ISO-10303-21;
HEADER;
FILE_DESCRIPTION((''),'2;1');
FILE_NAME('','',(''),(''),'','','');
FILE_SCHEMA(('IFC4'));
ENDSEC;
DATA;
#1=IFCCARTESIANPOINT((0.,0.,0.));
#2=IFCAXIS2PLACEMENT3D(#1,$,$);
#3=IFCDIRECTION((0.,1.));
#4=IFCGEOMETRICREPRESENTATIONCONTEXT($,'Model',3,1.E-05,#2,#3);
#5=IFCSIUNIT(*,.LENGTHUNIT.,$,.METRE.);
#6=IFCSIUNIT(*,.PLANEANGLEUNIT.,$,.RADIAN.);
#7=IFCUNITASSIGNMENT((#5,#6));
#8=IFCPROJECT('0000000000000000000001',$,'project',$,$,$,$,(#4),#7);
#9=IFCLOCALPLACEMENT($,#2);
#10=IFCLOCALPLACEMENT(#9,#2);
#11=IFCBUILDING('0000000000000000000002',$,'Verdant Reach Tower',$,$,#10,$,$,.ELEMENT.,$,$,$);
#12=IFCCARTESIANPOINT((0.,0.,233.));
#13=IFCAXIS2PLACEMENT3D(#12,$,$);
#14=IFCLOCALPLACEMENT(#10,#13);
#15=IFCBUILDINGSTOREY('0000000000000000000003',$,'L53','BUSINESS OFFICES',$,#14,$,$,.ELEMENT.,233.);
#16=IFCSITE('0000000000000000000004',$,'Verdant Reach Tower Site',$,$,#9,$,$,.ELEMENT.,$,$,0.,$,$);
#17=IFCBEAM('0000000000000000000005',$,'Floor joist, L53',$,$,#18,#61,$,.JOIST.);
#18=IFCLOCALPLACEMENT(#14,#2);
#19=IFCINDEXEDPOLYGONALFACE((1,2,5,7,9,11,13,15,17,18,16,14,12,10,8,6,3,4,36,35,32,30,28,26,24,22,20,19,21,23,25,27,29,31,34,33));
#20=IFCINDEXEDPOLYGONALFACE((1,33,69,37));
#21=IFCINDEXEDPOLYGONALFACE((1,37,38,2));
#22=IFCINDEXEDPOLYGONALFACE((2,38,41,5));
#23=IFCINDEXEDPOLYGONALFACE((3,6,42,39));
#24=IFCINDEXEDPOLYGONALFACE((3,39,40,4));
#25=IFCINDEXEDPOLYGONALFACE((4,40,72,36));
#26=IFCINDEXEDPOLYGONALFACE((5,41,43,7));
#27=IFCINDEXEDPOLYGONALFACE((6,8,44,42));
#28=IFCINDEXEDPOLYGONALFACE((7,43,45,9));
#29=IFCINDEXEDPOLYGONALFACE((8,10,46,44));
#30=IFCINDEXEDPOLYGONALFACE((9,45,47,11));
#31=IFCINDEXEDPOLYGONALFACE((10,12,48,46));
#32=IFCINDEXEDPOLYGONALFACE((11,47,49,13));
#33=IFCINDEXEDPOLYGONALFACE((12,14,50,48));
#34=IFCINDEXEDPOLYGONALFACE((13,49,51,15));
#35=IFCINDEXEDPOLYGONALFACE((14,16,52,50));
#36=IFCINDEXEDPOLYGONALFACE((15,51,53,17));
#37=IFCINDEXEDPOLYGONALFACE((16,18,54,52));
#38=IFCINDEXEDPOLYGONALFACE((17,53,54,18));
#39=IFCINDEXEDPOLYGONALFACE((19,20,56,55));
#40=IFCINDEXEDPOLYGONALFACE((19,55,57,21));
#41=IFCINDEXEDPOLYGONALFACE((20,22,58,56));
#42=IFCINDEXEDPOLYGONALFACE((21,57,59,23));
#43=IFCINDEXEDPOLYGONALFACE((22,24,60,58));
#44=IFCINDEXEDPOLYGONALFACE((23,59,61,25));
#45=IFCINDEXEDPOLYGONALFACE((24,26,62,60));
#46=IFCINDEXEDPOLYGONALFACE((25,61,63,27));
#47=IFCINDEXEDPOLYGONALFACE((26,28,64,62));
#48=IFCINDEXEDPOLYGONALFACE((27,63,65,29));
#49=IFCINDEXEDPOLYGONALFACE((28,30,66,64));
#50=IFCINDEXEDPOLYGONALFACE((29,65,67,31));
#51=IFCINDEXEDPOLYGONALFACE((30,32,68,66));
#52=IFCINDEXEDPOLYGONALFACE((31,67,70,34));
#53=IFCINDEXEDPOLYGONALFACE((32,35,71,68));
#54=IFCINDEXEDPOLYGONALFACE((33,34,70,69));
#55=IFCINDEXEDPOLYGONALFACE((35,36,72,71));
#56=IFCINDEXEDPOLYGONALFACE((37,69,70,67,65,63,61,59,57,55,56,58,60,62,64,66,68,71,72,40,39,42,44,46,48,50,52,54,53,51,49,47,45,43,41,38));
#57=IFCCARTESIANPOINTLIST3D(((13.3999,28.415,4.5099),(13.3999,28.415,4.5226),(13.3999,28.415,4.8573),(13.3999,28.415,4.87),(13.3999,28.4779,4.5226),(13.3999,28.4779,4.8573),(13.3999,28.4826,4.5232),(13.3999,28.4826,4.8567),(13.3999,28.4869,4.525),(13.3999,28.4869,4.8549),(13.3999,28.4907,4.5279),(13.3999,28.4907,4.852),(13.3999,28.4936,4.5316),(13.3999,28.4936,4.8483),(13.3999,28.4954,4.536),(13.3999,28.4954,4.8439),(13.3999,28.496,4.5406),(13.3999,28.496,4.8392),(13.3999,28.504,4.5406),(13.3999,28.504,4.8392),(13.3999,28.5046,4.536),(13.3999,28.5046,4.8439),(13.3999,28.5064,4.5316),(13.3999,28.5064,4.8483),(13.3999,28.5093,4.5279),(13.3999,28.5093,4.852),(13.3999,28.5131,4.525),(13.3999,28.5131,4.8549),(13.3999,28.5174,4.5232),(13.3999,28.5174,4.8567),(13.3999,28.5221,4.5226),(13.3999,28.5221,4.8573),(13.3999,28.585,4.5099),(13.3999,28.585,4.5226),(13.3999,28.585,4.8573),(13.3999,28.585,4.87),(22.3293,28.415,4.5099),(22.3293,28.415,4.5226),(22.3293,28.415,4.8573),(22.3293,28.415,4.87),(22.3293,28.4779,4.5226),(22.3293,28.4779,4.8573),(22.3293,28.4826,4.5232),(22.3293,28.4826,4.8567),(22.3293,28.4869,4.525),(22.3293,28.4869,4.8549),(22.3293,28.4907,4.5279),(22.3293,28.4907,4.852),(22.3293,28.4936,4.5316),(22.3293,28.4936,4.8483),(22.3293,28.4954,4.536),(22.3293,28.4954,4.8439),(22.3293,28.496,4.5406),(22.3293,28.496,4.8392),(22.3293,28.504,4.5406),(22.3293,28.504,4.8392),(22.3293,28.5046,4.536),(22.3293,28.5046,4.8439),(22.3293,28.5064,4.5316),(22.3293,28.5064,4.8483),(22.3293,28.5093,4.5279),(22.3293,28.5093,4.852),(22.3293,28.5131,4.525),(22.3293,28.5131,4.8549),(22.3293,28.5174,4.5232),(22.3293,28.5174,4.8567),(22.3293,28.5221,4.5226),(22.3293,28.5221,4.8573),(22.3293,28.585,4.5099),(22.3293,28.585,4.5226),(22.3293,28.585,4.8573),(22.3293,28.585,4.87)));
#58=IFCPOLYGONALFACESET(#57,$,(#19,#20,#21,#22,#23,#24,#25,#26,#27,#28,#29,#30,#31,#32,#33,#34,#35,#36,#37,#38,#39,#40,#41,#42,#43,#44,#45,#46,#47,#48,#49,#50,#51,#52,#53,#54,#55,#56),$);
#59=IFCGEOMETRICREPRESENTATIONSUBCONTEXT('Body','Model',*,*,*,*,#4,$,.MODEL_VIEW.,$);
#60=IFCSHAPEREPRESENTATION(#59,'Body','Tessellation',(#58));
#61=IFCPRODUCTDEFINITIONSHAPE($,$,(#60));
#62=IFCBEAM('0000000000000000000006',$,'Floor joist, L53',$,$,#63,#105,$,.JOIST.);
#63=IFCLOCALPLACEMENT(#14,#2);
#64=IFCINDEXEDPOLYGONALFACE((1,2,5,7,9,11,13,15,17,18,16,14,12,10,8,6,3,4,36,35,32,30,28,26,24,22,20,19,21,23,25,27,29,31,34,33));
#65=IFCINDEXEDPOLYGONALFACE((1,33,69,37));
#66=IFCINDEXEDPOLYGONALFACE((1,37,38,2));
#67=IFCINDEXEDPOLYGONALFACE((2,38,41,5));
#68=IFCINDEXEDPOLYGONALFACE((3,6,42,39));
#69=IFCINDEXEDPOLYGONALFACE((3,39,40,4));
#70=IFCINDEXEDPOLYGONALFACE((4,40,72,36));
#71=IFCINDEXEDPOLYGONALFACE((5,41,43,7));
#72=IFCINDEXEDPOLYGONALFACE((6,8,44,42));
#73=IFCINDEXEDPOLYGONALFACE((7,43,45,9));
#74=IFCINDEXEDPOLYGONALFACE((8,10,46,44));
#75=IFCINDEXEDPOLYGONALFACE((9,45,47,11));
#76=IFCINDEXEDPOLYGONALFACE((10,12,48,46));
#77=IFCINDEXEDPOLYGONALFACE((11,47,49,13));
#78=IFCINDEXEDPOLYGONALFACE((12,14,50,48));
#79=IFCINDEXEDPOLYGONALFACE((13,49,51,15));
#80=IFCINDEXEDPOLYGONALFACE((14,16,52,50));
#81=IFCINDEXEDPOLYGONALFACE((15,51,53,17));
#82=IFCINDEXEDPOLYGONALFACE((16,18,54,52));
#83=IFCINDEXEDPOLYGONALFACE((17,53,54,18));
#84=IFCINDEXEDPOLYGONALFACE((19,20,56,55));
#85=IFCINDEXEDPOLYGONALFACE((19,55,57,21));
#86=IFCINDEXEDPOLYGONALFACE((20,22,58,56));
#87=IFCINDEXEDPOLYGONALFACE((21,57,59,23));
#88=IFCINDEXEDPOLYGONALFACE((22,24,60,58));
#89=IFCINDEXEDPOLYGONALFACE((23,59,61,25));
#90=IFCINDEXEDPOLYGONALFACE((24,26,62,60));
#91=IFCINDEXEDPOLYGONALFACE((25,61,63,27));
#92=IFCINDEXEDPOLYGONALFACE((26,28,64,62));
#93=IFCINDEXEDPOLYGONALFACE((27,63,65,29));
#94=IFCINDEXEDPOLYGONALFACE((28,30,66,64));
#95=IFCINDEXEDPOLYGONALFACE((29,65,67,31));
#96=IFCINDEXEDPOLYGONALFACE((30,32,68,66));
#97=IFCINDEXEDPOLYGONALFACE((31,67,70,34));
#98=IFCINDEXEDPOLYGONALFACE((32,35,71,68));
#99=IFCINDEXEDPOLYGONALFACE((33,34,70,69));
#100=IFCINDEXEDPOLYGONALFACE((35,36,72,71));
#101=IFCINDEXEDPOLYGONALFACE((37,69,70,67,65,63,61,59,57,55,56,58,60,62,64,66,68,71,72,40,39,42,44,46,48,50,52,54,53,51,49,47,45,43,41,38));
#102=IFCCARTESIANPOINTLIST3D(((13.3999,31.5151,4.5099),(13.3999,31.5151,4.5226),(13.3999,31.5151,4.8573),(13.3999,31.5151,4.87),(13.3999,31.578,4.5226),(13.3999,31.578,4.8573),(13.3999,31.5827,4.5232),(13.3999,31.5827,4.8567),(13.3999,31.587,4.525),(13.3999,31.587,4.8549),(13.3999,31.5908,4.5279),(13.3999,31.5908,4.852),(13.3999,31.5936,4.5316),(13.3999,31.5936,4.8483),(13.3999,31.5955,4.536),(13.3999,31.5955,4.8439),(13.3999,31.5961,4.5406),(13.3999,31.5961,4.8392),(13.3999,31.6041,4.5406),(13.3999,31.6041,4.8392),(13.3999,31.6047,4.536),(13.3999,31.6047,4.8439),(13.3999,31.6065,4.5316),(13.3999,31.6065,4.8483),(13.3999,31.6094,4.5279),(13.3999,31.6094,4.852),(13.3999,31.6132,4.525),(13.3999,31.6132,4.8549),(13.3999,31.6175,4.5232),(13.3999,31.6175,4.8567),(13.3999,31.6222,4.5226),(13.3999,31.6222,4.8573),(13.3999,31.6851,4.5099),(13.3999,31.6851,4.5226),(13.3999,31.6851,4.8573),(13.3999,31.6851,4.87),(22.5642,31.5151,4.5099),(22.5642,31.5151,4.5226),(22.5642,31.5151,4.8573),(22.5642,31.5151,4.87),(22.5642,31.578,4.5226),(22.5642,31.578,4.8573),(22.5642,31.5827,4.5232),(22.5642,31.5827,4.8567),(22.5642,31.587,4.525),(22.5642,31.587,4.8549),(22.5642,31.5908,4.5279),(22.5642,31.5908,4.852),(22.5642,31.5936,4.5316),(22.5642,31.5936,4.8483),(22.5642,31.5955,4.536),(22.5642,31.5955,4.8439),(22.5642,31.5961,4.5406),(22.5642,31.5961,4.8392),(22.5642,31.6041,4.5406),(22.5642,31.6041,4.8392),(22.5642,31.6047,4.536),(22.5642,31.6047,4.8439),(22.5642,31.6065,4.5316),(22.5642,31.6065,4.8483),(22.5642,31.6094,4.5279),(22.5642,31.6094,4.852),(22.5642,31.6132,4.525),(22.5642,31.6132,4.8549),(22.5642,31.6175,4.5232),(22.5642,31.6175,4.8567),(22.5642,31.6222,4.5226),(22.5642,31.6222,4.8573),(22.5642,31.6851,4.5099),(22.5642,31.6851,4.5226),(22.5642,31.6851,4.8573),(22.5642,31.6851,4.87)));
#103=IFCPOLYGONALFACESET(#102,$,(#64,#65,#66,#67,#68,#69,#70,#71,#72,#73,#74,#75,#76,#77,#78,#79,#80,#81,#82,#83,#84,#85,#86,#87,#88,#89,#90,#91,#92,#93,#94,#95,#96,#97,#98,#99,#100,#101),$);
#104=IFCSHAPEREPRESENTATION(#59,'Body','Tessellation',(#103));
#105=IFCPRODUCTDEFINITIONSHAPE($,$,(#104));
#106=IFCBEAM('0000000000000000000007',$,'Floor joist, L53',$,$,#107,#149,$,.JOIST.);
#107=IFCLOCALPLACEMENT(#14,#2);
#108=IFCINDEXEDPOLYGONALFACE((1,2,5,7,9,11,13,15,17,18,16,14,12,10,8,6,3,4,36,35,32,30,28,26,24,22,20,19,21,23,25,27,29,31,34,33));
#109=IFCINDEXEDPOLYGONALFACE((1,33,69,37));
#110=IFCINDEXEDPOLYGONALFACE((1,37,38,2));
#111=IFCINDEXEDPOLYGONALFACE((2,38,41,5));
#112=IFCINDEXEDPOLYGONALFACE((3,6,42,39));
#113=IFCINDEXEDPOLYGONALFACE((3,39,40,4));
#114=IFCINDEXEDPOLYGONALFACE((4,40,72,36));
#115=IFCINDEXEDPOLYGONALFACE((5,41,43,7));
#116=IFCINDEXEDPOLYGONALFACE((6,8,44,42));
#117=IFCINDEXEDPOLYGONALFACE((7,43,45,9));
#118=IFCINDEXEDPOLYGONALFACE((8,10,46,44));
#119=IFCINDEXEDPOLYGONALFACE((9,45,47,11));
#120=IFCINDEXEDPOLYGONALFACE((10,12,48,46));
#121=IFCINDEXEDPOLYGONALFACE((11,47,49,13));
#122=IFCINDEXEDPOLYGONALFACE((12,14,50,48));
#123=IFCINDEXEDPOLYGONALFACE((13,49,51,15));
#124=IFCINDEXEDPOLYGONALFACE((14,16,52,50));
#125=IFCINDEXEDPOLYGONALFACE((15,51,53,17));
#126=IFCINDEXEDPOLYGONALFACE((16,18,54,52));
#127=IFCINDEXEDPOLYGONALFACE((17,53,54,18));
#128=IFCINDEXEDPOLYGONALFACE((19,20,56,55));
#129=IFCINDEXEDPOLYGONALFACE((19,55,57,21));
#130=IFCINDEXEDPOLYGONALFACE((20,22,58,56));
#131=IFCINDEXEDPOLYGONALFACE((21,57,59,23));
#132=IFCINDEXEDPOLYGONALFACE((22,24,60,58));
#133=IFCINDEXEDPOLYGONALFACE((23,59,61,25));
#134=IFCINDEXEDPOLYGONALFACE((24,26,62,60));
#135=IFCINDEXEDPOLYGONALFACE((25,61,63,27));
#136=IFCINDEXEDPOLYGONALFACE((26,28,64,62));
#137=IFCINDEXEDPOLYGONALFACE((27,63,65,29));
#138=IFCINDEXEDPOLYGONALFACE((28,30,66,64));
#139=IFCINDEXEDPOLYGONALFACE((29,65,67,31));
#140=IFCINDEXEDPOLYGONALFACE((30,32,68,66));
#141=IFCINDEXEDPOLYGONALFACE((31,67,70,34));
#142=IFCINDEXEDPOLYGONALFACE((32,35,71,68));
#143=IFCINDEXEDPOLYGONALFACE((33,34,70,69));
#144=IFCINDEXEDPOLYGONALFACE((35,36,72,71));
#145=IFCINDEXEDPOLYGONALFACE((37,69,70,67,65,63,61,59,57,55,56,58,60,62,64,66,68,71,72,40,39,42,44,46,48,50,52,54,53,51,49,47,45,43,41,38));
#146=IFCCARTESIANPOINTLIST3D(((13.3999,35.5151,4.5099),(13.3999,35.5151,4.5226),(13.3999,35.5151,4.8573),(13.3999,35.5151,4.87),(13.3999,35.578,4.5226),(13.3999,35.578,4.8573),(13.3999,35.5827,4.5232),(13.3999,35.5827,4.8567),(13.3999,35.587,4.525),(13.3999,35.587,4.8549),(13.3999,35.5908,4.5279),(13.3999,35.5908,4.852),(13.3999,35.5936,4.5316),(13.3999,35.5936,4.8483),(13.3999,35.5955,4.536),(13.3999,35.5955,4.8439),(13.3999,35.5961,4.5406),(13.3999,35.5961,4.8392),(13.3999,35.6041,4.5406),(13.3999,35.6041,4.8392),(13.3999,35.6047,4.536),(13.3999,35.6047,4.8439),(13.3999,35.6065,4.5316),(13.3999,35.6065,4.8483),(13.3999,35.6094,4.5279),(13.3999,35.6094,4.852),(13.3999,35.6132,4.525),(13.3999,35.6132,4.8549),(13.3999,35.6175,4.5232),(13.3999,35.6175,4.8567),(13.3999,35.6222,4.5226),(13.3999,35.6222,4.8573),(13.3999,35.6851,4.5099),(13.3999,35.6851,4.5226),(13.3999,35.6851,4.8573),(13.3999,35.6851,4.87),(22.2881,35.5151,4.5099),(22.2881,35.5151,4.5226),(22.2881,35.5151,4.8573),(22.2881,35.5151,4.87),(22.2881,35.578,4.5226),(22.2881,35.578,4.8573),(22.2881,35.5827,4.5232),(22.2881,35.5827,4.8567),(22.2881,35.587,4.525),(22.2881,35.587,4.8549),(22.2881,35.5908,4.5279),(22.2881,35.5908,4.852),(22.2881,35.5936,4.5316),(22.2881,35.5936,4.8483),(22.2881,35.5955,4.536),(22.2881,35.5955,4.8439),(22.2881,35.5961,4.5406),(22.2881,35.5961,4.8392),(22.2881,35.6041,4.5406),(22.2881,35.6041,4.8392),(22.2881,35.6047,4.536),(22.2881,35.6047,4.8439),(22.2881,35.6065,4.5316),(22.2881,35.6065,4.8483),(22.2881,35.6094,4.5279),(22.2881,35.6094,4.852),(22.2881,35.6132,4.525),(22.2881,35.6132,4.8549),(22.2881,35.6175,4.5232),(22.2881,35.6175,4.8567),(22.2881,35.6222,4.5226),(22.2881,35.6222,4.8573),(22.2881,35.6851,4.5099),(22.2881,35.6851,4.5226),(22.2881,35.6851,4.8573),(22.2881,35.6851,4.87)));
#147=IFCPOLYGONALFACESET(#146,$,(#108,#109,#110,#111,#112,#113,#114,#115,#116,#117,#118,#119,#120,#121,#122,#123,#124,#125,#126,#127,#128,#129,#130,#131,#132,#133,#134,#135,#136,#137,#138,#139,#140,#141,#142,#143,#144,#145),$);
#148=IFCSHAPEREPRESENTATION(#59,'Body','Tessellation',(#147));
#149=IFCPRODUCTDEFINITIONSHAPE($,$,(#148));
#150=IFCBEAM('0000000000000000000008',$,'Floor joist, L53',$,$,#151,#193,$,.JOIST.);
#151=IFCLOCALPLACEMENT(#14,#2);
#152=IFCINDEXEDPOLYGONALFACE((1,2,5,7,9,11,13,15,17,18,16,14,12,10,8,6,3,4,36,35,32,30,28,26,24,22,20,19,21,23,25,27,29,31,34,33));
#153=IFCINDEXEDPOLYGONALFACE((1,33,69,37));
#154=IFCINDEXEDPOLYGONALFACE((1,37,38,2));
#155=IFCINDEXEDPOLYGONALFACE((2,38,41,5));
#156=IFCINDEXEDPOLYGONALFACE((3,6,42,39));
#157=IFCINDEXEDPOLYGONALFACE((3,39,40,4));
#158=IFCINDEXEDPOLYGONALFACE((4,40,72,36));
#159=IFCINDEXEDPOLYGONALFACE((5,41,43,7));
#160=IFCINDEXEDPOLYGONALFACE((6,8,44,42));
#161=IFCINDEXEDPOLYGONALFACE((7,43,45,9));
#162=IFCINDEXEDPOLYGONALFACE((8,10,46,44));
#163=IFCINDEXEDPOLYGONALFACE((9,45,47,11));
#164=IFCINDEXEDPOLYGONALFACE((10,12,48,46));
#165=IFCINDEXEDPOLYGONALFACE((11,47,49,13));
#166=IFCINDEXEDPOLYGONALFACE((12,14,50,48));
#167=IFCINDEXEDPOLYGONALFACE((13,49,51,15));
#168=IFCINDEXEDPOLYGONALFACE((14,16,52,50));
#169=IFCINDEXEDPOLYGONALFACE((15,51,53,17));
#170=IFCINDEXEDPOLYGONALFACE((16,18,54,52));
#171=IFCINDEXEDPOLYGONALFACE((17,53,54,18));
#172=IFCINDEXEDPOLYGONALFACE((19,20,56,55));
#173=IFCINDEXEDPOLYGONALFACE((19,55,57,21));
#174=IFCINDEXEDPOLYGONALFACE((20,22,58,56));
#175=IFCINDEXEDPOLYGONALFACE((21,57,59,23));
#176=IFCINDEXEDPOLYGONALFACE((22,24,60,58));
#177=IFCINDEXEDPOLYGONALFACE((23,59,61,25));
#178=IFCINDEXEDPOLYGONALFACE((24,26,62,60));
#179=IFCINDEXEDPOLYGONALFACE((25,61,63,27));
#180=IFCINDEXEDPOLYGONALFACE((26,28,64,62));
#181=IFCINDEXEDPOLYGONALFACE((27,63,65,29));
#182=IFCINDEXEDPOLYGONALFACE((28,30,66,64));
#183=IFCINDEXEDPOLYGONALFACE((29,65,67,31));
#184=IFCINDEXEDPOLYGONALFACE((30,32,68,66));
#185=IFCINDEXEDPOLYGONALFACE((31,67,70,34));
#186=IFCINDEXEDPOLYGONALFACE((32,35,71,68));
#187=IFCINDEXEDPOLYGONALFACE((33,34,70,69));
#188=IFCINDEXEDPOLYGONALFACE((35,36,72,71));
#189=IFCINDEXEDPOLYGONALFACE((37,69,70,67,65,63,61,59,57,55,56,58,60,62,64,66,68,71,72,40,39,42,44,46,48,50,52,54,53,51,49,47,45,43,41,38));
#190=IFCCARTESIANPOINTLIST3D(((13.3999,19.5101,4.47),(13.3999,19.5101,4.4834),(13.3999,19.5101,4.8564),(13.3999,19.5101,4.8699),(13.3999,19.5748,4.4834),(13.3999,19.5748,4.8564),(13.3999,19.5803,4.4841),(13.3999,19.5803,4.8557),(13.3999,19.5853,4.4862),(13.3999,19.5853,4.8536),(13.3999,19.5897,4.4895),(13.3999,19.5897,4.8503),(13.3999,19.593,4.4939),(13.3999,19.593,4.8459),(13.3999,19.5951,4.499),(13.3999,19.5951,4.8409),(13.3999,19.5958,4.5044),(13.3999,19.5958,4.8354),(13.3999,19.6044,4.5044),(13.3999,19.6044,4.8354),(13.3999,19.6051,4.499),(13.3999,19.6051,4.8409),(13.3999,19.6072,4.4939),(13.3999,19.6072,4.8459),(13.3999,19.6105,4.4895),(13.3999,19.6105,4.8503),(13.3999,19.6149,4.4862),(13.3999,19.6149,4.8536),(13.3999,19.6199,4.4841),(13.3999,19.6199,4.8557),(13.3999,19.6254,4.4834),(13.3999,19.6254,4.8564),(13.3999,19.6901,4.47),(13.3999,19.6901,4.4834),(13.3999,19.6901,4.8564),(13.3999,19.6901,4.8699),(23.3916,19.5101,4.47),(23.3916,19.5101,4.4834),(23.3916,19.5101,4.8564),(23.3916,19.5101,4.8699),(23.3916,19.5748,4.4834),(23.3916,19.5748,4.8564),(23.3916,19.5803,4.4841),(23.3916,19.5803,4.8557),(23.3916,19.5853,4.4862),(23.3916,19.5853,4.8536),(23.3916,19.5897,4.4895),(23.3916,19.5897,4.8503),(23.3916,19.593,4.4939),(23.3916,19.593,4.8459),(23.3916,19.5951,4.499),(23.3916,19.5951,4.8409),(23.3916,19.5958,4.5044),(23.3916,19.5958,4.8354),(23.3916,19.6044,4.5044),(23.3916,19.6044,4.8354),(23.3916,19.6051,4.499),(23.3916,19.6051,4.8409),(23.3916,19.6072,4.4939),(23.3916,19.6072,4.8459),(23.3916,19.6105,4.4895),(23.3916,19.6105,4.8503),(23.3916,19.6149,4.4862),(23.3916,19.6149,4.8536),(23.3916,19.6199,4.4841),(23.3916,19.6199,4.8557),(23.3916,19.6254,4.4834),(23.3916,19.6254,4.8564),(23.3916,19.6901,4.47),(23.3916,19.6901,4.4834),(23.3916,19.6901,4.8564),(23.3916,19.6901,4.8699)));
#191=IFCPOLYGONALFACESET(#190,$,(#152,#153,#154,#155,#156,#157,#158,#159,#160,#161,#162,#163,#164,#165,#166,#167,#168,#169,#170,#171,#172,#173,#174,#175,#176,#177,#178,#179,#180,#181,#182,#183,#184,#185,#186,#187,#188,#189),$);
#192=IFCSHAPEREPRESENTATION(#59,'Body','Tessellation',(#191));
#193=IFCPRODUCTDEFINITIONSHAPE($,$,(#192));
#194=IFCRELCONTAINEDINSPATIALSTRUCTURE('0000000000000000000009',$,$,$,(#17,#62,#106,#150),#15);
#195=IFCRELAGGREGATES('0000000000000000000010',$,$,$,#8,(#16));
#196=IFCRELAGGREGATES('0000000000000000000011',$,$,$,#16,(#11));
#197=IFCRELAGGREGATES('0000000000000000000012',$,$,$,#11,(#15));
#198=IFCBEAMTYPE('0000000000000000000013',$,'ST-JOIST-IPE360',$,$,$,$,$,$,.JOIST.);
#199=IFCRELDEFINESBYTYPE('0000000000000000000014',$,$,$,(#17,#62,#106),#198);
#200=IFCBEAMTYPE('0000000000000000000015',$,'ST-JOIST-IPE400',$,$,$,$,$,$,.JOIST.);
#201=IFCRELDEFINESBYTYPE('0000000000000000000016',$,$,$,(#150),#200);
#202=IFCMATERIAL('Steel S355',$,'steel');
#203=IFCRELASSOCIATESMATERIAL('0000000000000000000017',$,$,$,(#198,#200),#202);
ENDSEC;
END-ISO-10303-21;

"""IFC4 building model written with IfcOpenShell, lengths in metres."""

from ifc_helpers import new_model, si_unit, direction, frame, origin, origin_2d, place, context, subcontext, project, spatial, i_section, extrude, material, material_profile, profile_set, type_object, element, save


model = new_model("IFC4")

# Units and contexts
model_context = context("Model", 3, precision=1e-05, world=origin(), true_north=direction((0.0, 1.0)))
body_context = subcontext(model_context, "Body", "Model", "MODEL_VIEW")
ifc_project = project(units=[si_unit("LENGTHUNIT", "METRE"), si_unit("PLANEANGLEUNIT", "RADIAN")], contexts=[model_context])

# Site, building, storey
site_placement = place(None, origin())
site = spatial("IfcSite", under=ifc_project, at=site_placement, Name="Verdant Reach Tower Site", CompositionType="ELEMENT", RefElevation=0.0)
building_placement = place(site_placement, origin())
building = spatial("IfcBuilding", under=site, at=building_placement, Name="Verdant Reach Tower", CompositionType="ELEMENT")
storey_placement = place(building_placement, frame((0.0, 0.0, 233.0)))
storey = spatial("IfcBuildingStorey", under=building, at=storey_placement, Name="L53", Description="BUSINESS OFFICES", CompositionType="ELEMENT", Elevation=233.0)

# Beams
ifc_material_1 = material(Name="Steel S355", Category="steel")
ifc_material_profile_1 = material_profile(ifc_material_1, i_section(OverallWidth=0.1699, OverallDepth=0.3601, WebThickness=0.0081, FlangeThickness=0.0127, FilletRadius=0.0181, at=origin_2d()), Name="IPE 360")
ifc_profile_set_1 = profile_set([ifc_material_profile_1], Name="Steel S355")
beam_type_1 = type_object("IfcBeamType", Name="ST-JOIST-IPE360", PredefinedType="JOIST", material=ifc_profile_set_1)
beam_1_placement = place(storey_placement, frame((13.3999, 28.5, 4.6899), z_axis=(1.0, 0.0, 0.0), x_axis=(0.0, 1.0, 0.0)))
element("IfcBeam", 1, at=beam_1_placement, inside=storey, type_object=beam_type_1, Name="Floor joist, L53", PredefinedType="JOIST", context=body_context, shape_type="SweptSolid", body=[
    extrude(i_section(OverallWidth=0.1699, OverallDepth=0.3601, WebThickness=0.0081, FlangeThickness=0.0127, FilletRadius=0.0181, at=origin_2d()), origin(), (0.0, 0.0, 1.0), 8.9294),
])
beam_2_placement = place(storey_placement, frame((13.3999, 31.6001, 4.6899), z_axis=(1.0, 0.0, 0.0), x_axis=(0.0, 1.0, 0.0)))
element("IfcBeam", 2, at=beam_2_placement, inside=storey, type_object=beam_type_1, Name="Floor joist, L53", PredefinedType="JOIST", context=body_context, shape_type="SweptSolid", body=[
    extrude(i_section(OverallWidth=0.1699, OverallDepth=0.3601, WebThickness=0.0081, FlangeThickness=0.0127, FilletRadius=0.0181, at=origin_2d()), origin(), (0.0, 0.0, 1.0), 9.1643),
])
beam_3_placement = place(storey_placement, frame((13.3999, 35.6001, 4.6899), z_axis=(1.0, 0.0, 0.0), x_axis=(0.0, 1.0, 0.0)))
element("IfcBeam", 3, at=beam_3_placement, inside=storey, type_object=beam_type_1, Name="Floor joist, L53", PredefinedType="JOIST", context=body_context, shape_type="SweptSolid", body=[
    extrude(i_section(OverallWidth=0.1699, OverallDepth=0.3601, WebThickness=0.0081, FlangeThickness=0.0127, FilletRadius=0.0181, at=origin_2d()), origin(), (0.0, 0.0, 1.0), 8.8882),
])
ifc_material_profile_2 = material_profile(ifc_material_1, i_section(OverallWidth=0.1799, OverallDepth=0.3999, WebThickness=0.0085, FlangeThickness=0.0134, FilletRadius=0.021, at=origin_2d()), Name="IPE 400")
ifc_profile_set_2 = profile_set([ifc_material_profile_2], Name="Steel S355")
beam_type_2 = type_object("IfcBeamType", Name="ST-JOIST-IPE400", PredefinedType="JOIST", material=ifc_profile_set_2)
beam_4_placement = place(storey_placement, frame((13.3999, 19.6001, 4.6699), z_axis=(1.0, 0.0, 0.0), x_axis=(0.0, 1.0, 0.0)))
element("IfcBeam", 4, at=beam_4_placement, inside=storey, type_object=beam_type_2, Name="Floor joist, L53", PredefinedType="JOIST", context=body_context, shape_type="SweptSolid", body=[
    extrude(i_section(OverallWidth=0.1799, OverallDepth=0.3999, WebThickness=0.0085, FlangeThickness=0.0134, FilletRadius=0.021, at=origin_2d()), origin(), (0.0, 0.0, 1.0), 9.9917),
])

save(model, "model.ifc")
